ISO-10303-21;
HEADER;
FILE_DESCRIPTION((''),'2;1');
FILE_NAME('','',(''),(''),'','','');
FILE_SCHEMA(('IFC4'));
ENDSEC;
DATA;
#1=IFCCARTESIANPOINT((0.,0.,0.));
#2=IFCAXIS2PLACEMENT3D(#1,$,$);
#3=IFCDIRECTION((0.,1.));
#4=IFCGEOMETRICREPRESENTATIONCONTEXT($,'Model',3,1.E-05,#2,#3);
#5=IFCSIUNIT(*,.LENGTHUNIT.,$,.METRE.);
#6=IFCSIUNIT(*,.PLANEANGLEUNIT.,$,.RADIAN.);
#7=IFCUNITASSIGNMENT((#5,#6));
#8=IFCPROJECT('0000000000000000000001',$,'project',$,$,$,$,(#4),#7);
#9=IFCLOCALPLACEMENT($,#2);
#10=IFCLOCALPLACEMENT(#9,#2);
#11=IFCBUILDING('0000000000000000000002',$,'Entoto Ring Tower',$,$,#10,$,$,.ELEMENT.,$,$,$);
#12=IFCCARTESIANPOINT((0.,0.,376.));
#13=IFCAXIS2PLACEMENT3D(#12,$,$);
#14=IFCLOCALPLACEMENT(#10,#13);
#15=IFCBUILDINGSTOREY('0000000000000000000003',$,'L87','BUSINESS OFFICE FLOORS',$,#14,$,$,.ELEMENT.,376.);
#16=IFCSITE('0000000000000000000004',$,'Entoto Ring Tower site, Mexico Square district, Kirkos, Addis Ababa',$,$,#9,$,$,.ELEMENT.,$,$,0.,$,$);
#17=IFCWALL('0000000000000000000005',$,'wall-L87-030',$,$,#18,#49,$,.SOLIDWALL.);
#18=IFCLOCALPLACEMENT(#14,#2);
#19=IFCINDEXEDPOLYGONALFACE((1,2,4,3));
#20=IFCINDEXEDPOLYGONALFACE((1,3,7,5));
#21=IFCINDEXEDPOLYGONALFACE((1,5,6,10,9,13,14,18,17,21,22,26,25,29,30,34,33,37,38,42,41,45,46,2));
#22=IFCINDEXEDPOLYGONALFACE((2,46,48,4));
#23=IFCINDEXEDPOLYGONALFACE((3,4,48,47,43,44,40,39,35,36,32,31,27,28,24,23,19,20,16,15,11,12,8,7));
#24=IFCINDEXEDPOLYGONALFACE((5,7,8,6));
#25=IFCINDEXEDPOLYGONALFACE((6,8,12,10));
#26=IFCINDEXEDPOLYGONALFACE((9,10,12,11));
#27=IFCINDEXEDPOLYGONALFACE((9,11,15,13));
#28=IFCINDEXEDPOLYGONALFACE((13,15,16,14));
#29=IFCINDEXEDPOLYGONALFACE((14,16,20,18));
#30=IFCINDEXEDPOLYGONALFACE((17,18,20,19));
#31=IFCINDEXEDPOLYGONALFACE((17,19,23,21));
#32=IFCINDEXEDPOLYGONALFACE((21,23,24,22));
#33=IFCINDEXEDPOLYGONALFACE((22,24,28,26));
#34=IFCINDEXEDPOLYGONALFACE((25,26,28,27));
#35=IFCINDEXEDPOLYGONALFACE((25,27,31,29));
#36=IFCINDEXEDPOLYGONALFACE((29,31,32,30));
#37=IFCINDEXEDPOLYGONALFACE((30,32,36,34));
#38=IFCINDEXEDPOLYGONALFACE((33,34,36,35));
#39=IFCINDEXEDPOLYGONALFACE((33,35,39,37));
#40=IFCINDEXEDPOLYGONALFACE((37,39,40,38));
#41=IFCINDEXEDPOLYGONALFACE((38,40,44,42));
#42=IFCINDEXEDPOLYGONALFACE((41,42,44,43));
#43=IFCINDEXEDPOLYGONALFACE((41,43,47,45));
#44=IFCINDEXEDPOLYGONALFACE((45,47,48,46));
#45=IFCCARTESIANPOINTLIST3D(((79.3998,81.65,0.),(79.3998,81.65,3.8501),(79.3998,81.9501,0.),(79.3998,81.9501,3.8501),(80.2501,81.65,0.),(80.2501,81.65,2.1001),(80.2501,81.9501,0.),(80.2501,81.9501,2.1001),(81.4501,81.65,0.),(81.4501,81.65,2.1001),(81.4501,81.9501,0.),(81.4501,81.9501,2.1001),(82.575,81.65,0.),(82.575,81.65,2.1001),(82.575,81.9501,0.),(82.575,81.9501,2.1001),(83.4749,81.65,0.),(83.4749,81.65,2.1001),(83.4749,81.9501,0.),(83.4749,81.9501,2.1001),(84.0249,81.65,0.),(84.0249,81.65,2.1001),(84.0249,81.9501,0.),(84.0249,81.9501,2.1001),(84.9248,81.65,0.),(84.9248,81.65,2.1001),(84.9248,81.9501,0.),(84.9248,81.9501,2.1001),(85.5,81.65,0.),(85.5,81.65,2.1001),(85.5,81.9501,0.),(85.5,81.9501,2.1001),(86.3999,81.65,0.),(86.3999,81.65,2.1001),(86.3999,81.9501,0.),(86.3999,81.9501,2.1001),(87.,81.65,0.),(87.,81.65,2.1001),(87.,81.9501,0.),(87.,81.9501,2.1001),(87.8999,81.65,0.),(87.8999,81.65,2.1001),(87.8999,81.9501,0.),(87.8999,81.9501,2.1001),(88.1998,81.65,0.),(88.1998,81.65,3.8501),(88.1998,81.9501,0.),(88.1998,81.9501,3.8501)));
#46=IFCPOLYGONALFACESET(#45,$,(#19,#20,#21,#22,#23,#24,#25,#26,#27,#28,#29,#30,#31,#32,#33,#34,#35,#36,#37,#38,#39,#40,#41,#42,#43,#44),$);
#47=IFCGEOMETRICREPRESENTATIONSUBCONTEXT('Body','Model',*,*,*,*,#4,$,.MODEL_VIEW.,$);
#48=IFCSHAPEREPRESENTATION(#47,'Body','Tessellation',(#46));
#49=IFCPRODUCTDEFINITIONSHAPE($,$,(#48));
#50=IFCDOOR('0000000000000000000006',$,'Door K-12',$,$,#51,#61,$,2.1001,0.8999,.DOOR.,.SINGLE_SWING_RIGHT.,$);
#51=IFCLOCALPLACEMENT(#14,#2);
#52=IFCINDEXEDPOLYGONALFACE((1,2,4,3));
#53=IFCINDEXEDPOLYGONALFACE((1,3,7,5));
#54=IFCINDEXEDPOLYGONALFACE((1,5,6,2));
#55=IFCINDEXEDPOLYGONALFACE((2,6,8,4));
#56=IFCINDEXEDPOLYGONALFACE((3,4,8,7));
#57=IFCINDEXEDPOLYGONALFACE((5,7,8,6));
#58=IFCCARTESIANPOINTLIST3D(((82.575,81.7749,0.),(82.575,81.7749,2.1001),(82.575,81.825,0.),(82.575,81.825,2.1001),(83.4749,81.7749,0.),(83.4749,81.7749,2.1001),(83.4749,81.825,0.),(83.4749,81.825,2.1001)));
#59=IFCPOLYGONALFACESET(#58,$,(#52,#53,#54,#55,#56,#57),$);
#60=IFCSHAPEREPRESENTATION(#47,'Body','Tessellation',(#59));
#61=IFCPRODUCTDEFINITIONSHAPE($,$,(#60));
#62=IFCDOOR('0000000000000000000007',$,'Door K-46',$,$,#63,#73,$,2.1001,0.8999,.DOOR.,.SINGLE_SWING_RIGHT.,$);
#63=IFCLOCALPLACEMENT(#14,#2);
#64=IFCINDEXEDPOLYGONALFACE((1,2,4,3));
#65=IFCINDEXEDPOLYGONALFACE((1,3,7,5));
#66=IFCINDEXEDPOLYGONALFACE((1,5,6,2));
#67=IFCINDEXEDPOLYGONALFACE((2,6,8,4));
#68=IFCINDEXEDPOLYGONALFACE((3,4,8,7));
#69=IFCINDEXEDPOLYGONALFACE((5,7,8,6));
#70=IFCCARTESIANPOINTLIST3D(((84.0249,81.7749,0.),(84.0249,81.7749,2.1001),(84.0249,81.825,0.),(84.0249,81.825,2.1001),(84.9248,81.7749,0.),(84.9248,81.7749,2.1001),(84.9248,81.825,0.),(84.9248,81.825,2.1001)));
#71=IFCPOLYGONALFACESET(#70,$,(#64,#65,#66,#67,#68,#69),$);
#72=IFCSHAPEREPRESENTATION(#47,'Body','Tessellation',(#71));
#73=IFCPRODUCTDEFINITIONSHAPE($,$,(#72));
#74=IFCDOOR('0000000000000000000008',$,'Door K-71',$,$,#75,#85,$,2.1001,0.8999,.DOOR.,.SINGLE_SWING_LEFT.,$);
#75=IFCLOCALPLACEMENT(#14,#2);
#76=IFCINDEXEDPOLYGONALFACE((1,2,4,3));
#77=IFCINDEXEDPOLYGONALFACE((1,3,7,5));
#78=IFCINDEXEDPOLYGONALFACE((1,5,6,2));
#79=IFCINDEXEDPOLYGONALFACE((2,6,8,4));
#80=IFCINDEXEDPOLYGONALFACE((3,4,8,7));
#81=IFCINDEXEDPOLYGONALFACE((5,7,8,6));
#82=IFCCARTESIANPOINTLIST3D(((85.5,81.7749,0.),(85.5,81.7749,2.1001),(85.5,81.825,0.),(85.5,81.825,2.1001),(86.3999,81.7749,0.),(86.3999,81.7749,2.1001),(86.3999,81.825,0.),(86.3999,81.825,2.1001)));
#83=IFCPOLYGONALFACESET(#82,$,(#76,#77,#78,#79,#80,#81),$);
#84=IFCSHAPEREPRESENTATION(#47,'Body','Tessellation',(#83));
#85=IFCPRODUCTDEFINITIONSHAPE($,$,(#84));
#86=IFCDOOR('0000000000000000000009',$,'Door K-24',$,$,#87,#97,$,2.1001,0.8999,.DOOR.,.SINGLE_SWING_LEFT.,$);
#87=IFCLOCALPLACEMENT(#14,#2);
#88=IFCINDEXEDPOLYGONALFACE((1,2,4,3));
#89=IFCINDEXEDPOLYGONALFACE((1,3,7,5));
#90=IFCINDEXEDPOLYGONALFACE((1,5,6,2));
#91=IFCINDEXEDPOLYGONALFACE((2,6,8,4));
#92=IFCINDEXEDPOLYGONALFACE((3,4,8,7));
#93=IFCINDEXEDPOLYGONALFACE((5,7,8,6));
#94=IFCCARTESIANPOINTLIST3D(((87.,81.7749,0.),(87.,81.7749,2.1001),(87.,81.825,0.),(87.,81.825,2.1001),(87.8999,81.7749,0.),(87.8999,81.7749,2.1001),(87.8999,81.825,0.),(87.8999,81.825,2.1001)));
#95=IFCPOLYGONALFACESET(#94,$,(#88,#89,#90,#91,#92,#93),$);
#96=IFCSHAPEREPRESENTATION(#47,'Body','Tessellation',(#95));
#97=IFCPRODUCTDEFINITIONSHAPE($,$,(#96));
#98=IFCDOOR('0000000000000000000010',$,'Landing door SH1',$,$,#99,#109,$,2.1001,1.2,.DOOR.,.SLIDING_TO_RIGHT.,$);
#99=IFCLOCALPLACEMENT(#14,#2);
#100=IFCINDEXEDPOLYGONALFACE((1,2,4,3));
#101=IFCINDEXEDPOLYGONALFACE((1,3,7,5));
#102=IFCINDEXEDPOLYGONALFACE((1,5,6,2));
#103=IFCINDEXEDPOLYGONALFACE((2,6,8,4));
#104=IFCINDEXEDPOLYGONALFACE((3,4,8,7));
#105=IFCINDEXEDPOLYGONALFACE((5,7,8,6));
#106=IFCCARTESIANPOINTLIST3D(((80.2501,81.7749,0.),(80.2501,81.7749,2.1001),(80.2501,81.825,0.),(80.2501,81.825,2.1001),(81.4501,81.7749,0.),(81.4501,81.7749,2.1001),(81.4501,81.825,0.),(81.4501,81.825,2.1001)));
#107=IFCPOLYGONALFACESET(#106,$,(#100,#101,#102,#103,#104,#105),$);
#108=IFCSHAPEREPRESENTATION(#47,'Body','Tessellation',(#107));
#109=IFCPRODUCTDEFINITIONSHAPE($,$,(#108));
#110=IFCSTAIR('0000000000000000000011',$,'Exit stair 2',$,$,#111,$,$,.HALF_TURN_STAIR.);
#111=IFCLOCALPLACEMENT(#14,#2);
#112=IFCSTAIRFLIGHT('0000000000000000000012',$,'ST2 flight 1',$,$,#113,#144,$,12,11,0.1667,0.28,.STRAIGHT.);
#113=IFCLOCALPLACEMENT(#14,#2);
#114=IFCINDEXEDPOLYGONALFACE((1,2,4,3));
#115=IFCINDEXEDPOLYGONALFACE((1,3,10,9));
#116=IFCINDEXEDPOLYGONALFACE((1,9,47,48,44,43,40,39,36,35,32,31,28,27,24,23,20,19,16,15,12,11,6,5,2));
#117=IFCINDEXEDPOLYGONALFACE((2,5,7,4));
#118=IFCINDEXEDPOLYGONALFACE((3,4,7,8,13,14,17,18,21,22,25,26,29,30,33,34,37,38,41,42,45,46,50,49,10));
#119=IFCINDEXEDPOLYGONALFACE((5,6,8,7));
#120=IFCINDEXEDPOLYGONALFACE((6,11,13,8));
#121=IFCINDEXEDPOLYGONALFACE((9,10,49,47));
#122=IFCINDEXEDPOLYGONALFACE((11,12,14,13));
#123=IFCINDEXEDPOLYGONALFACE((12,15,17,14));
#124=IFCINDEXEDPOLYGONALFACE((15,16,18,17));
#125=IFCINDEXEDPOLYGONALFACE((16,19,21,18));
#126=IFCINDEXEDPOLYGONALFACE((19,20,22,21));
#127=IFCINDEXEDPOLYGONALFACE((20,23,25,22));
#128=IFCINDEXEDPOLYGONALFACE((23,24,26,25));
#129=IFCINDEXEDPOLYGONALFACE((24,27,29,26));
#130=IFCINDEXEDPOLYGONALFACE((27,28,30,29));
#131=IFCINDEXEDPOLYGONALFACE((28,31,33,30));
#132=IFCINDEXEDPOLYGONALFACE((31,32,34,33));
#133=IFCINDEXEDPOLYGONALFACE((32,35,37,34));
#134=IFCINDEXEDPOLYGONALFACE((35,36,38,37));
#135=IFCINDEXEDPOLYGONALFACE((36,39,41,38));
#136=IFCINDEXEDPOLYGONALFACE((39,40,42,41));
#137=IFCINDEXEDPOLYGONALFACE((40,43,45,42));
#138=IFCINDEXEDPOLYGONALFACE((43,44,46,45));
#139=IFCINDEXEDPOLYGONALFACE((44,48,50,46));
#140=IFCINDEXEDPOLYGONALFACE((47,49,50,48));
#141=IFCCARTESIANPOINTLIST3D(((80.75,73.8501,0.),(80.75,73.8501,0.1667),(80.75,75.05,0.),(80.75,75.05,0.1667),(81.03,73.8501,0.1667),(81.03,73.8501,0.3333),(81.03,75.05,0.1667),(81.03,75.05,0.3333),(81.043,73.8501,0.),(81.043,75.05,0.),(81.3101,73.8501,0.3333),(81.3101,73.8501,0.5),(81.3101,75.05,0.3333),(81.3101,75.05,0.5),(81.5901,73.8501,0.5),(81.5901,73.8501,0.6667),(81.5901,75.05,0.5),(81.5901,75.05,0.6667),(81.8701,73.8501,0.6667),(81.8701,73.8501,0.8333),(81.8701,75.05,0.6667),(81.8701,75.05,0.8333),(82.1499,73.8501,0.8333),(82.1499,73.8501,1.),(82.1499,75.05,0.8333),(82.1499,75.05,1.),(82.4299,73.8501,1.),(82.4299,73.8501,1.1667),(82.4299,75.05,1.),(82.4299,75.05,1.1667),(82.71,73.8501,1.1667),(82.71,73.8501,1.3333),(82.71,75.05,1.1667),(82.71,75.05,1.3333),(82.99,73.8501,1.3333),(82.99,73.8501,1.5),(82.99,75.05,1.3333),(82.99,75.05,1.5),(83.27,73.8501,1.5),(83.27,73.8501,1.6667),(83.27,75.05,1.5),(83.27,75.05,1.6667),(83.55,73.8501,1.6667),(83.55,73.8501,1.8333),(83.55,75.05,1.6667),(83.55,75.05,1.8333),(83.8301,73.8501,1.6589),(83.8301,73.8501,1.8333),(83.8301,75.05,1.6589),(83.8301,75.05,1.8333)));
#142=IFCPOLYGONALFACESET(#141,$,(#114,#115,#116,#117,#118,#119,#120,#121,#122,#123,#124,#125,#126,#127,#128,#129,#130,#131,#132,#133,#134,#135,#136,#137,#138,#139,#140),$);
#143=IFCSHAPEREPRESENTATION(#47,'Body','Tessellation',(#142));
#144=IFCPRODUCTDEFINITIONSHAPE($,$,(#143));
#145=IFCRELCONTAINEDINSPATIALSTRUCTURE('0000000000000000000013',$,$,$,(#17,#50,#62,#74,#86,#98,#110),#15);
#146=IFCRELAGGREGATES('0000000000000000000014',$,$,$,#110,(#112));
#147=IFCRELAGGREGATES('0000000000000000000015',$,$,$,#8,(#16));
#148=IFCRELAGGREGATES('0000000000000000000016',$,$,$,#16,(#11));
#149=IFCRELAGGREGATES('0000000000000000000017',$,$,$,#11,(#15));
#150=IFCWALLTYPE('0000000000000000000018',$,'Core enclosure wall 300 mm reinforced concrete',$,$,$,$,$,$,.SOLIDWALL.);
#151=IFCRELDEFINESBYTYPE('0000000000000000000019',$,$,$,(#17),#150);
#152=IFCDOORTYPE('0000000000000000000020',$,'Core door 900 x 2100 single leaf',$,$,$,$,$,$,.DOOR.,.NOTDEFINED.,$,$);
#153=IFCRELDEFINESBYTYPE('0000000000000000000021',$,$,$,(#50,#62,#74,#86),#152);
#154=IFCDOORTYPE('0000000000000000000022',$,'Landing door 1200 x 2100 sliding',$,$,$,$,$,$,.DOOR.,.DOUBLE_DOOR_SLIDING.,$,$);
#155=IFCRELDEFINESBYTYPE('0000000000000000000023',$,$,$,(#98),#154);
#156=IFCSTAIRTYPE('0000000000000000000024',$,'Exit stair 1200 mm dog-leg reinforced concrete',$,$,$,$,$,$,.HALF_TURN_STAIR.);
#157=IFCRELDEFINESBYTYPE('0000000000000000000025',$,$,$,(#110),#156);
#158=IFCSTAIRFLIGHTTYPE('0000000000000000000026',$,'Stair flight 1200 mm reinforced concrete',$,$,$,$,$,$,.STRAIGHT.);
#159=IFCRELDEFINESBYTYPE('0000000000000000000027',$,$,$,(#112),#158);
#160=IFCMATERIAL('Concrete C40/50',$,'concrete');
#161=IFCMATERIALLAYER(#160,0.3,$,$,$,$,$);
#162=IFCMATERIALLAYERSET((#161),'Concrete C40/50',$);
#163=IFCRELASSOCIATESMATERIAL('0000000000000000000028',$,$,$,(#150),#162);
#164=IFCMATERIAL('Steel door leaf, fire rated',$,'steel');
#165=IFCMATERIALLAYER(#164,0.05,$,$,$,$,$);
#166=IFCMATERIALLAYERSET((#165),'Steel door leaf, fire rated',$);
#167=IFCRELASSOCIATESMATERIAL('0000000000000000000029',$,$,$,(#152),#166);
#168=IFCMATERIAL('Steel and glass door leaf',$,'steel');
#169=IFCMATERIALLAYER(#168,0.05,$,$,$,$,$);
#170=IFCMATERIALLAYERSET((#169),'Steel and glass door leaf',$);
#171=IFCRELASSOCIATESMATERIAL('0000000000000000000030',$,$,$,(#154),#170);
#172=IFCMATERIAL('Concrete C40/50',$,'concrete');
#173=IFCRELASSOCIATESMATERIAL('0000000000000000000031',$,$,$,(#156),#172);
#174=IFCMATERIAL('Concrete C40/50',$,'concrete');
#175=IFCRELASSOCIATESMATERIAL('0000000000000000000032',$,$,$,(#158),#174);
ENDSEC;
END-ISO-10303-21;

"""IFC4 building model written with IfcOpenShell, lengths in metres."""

from ifc_helpers import new_model, si_unit, direction, frame, frame_2d, origin, place, context, subcontext, project, spatial, polyline, rectangle, outline, extrude, material, layer, layer_set, type_object, element, fill, aggregate, save


model = new_model("IFC4")

# Units and contexts
model_context = context("Model", 3, precision=1e-05, world=origin(), true_north=direction((0.0, 1.0)))
body_context = subcontext(model_context, "Body", "Model", "MODEL_VIEW")
ifc_project = project(units=[si_unit("LENGTHUNIT", "METRE"), si_unit("PLANEANGLEUNIT", "RADIAN")], contexts=[model_context])

# Site, building, storey
site_placement = place(None, origin())
site = spatial("IfcSite", under=ifc_project, at=site_placement, Name="Entoto Ring Tower site, Mexico Square district, Kirkos, Addis Ababa", CompositionType="ELEMENT", RefElevation=0.0)
building_placement = place(site_placement, origin())
building = spatial("IfcBuilding", under=site, at=building_placement, Name="Entoto Ring Tower", CompositionType="ELEMENT")
storey_placement = place(building_placement, frame((0.0, 0.0, 376.0)))
storey = spatial("IfcBuildingStorey", under=building, at=storey_placement, Name="L87", Description="BUSINESS OFFICE FLOORS", CompositionType="ELEMENT", Elevation=376.0)

# Shared definitions
ifc_material_1 = material(Name="Concrete C40/50", Category="concrete")
ifc_layer_1 = layer(ifc_material_1, 0.3)
ifc_layer_set_1 = layer_set([ifc_layer_1], Name="Concrete C40/50")
wall_type = type_object("IfcWallType", Name="Core enclosure wall 300 mm reinforced concrete", PredefinedType="SOLIDWALL", material=ifc_layer_set_1)

# Wall, openings, doors
ifc_material_2 = material(Name="Steel door leaf, fire rated", Category="steel")
ifc_layer_2 = layer(ifc_material_2, 0.05)
ifc_layer_set_2 = layer_set([ifc_layer_2], Name="Steel door leaf, fire rated")
door_type_1 = type_object("IfcDoorType", Name="Core door 900 x 2100 single leaf", OperationType="NOTDEFINED", PredefinedType="DOOR", material=ifc_layer_set_2)
ifc_material_3 = material(Name="Steel and glass door leaf", Category="steel")
ifc_layer_3 = layer(ifc_material_3, 0.05)
ifc_layer_set_3 = layer_set([ifc_layer_3], Name="Steel and glass door leaf")
door_type_2 = type_object("IfcDoorType", Name="Landing door 1200 x 2100 sliding", OperationType="DOUBLE_DOOR_SLIDING", PredefinedType="DOOR", material=ifc_layer_set_3)
wall_1_placement = place(storey_placement, frame((79.3999, 81.8, 0.0), z_axis=(0.0, 0.0, 1.0), x_axis=(1.0, 0.0, 0.0)))
wall_1 = element("IfcWall", 1, at=wall_1_placement, inside=storey, type_object=wall_type, Name="wall-L87-030", PredefinedType="SOLIDWALL", context=body_context, shape_type="SweptSolid", body=[
    extrude(rectangle(XDim=8.8, YDim=0.3, at=frame_2d((4.3999, 0.0))), origin(), (0.0, 0.0, 1.0), 3.8501),
])
opening_1_placement = place(wall_1_placement, frame((0.8501, 0.0, 0.0)))
opening_1 = element("IfcOpeningElement", 2, at=opening_1_placement, cuts=wall_1, PredefinedType="OPENING", context=body_context, shape_type="SweptSolid", body=[
    extrude(rectangle(XDim=1.2, YDim=2.1001, at=frame_2d((0.6001, 1.05))), frame((0.0, 0.1602, 0.0), z_axis=(0.0, -1.0, 0.0), x_axis=(1.0, 0.0, 0.0)), (0.0, 0.0, 1.0), 0.3201),
])
opening_2_placement = place(wall_1_placement, frame((3.175, 0.0, 0.0)))
opening_2 = element("IfcOpeningElement", 3, at=opening_2_placement, cuts=wall_1, PredefinedType="OPENING", context=body_context, shape_type="SweptSolid", body=[
    extrude(rectangle(XDim=0.8999, YDim=2.1001, at=frame_2d((0.45, 1.05))), frame((0.0, 0.1602, 0.0), z_axis=(0.0, -1.0, 0.0), x_axis=(1.0, 0.0, 0.0)), (0.0, 0.0, 1.0), 0.3201),
])
opening_3_placement = place(wall_1_placement, frame((4.625, 0.0, 0.0)))
opening_3 = element("IfcOpeningElement", 4, at=opening_3_placement, cuts=wall_1, PredefinedType="OPENING", context=body_context, shape_type="SweptSolid", body=[
    extrude(rectangle(XDim=0.8999, YDim=2.1001, at=frame_2d((0.45, 1.05))), frame((0.0, 0.1602, 0.0), z_axis=(0.0, -1.0, 0.0), x_axis=(1.0, 0.0, 0.0)), (0.0, 0.0, 1.0), 0.3201),
])
opening_4_placement = place(wall_1_placement, frame((6.1001, 0.0, 0.0)))
opening_4 = element("IfcOpeningElement", 5, at=opening_4_placement, cuts=wall_1, PredefinedType="OPENING", context=body_context, shape_type="SweptSolid", body=[
    extrude(rectangle(XDim=0.8999, YDim=2.1001, at=frame_2d((0.45, 1.05))), frame((0.0, 0.1602, 0.0), z_axis=(0.0, -1.0, 0.0), x_axis=(1.0, 0.0, 0.0)), (0.0, 0.0, 1.0), 0.3201),
])
opening_5_placement = place(wall_1_placement, frame((7.6001, 0.0, 0.0)))
opening_5 = element("IfcOpeningElement", 6, at=opening_5_placement, cuts=wall_1, PredefinedType="OPENING", context=body_context, shape_type="SweptSolid", body=[
    extrude(rectangle(XDim=0.8999, YDim=2.1001, at=frame_2d((0.45, 1.05))), frame((0.0, 0.1602, 0.0), z_axis=(0.0, -1.0, 0.0), x_axis=(1.0, 0.0, 0.0)), (0.0, 0.0, 1.0), 0.3201),
])
door_1_placement = place(opening_2_placement, origin())
door_1 = element("IfcDoor", 7, at=door_1_placement, inside=storey, type_object=door_type_1, Name="Door K-12", OperationType="SINGLE_SWING_RIGHT", OverallHeight=2.1001, OverallWidth=0.8999, PredefinedType="DOOR", context=body_context, shape_type="SweptSolid", body=[
    extrude(rectangle(XDim=0.8999, YDim=2.1001, at=frame_2d((0.45, 1.05))), frame((0.0, 0.0249, 0.0), z_axis=(0.0, -1.0, 0.0), x_axis=(1.0, 0.0, 0.0)), (0.0, 0.0, 1.0), 0.05),
])
fill(opening_2, door_1)
door_2_placement = place(opening_3_placement, origin())
door_2 = element("IfcDoor", 8, at=door_2_placement, inside=storey, type_object=door_type_1, Name="Door K-46", OperationType="SINGLE_SWING_RIGHT", OverallHeight=2.1001, OverallWidth=0.8999, PredefinedType="DOOR", context=body_context, shape_type="SweptSolid", body=[
    extrude(rectangle(XDim=0.8999, YDim=2.1001, at=frame_2d((0.45, 1.05))), frame((0.0, 0.0249, 0.0), z_axis=(0.0, -1.0, 0.0), x_axis=(1.0, 0.0, 0.0)), (0.0, 0.0, 1.0), 0.05),
])
fill(opening_3, door_2)
door_3_placement = place(opening_4_placement, origin())
door_3 = element("IfcDoor", 9, at=door_3_placement, inside=storey, type_object=door_type_1, Name="Door K-71", OperationType="SINGLE_SWING_LEFT", OverallHeight=2.1001, OverallWidth=0.8999, PredefinedType="DOOR", context=body_context, shape_type="SweptSolid", body=[
    extrude(rectangle(XDim=0.8999, YDim=2.1001, at=frame_2d((0.45, 1.05))), frame((0.0, 0.0249, 0.0), z_axis=(0.0, -1.0, 0.0), x_axis=(1.0, 0.0, 0.0)), (0.0, 0.0, 1.0), 0.05),
])
fill(opening_4, door_3)
door_4_placement = place(opening_5_placement, origin())
door_4 = element("IfcDoor", 10, at=door_4_placement, inside=storey, type_object=door_type_1, Name="Door K-24", OperationType="SINGLE_SWING_LEFT", OverallHeight=2.1001, OverallWidth=0.8999, PredefinedType="DOOR", context=body_context, shape_type="SweptSolid", body=[
    extrude(rectangle(XDim=0.8999, YDim=2.1001, at=frame_2d((0.45, 1.05))), frame((0.0, 0.0249, 0.0), z_axis=(0.0, -1.0, 0.0), x_axis=(1.0, 0.0, 0.0)), (0.0, 0.0, 1.0), 0.05),
])
fill(opening_5, door_4)
door_5_placement = place(opening_1_placement, origin())
door_5 = element("IfcDoor", 11, at=door_5_placement, inside=storey, type_object=door_type_2, Name="Landing door SH1", OperationType="SLIDING_TO_RIGHT", OverallHeight=2.1001, OverallWidth=1.2, PredefinedType="DOOR", context=body_context, shape_type="SweptSolid", body=[
    extrude(rectangle(XDim=1.2, YDim=2.1001, at=frame_2d((0.6001, 1.05))), frame((0.0, 0.0249, 0.0), z_axis=(0.0, -1.0, 0.0), x_axis=(1.0, 0.0, 0.0)), (0.0, 0.0, 1.0), 0.05),
])
fill(opening_1, door_5)

# Stair, stair flight
ifc_material_4 = material(Name="Concrete C40/50", Category="concrete")
stair_type = type_object("IfcStairType", Name="Exit stair 1200 mm dog-leg reinforced concrete", PredefinedType="HALF_TURN_STAIR", material=ifc_material_4)
stair_placement = place(storey_placement, origin())
stair = element("IfcStair", 12, at=stair_placement, inside=storey, type_object=stair_type, Name="Exit stair 2", PredefinedType="HALF_TURN_STAIR")
ifc_material_5 = material(Name="Concrete C40/50", Category="concrete")
stair_flight_type = type_object("IfcStairFlightType", Name="Stair flight 1200 mm reinforced concrete", PredefinedType="STRAIGHT", material=ifc_material_5)
stair_flight_1_placement = place(storey_placement, frame((80.75, 74.45, 0.0), z_axis=(0.0, 0.0, 1.0), x_axis=(1.0, 0.0, 0.0)))
stair_flight_1 = element("IfcStairFlight", 13, at=stair_flight_1_placement, type_object=stair_flight_type, Name="ST2 flight 1", NumberOfRisers=12, NumberOfTreads=11, PredefinedType="STRAIGHT", RiserHeight=0.1667, TreadLength=0.28, context=body_context, shape_type="SweptSolid", body=[
    extrude(outline(polyline([(0.0, 0.0), (0.0, 0.1667), (0.28, 0.1667), (0.28, 0.3333), (0.5601, 0.3333), (0.5601, 0.5), (0.8401, 0.5), (0.8401, 0.6667), (1.1201, 0.6667), (1.1201, 0.8333), (1.3999, 0.8333), (1.3999, 1.0), (1.6799, 1.0), (1.6799, 1.1667), (1.96, 1.1667), (1.96, 1.3333), (2.24, 1.3333), (2.24, 1.5), (2.52, 1.5), (2.52, 1.6667), (2.8, 1.6667), (2.8, 1.8333), (3.0801, 1.8333), (3.0801, 2.0), (3.0801, 1.6589), (0.293, 0.0), (0.0, 0.0)])), frame((0.0, 0.6001, 0.0), z_axis=(0.0, -1.0, 0.0), x_axis=(1.0, 0.0, 0.0)), (0.0, 0.0, 1.0), 1.2),
])
aggregate(stair, [stair_flight_1])

save(model, "model.ifc")
